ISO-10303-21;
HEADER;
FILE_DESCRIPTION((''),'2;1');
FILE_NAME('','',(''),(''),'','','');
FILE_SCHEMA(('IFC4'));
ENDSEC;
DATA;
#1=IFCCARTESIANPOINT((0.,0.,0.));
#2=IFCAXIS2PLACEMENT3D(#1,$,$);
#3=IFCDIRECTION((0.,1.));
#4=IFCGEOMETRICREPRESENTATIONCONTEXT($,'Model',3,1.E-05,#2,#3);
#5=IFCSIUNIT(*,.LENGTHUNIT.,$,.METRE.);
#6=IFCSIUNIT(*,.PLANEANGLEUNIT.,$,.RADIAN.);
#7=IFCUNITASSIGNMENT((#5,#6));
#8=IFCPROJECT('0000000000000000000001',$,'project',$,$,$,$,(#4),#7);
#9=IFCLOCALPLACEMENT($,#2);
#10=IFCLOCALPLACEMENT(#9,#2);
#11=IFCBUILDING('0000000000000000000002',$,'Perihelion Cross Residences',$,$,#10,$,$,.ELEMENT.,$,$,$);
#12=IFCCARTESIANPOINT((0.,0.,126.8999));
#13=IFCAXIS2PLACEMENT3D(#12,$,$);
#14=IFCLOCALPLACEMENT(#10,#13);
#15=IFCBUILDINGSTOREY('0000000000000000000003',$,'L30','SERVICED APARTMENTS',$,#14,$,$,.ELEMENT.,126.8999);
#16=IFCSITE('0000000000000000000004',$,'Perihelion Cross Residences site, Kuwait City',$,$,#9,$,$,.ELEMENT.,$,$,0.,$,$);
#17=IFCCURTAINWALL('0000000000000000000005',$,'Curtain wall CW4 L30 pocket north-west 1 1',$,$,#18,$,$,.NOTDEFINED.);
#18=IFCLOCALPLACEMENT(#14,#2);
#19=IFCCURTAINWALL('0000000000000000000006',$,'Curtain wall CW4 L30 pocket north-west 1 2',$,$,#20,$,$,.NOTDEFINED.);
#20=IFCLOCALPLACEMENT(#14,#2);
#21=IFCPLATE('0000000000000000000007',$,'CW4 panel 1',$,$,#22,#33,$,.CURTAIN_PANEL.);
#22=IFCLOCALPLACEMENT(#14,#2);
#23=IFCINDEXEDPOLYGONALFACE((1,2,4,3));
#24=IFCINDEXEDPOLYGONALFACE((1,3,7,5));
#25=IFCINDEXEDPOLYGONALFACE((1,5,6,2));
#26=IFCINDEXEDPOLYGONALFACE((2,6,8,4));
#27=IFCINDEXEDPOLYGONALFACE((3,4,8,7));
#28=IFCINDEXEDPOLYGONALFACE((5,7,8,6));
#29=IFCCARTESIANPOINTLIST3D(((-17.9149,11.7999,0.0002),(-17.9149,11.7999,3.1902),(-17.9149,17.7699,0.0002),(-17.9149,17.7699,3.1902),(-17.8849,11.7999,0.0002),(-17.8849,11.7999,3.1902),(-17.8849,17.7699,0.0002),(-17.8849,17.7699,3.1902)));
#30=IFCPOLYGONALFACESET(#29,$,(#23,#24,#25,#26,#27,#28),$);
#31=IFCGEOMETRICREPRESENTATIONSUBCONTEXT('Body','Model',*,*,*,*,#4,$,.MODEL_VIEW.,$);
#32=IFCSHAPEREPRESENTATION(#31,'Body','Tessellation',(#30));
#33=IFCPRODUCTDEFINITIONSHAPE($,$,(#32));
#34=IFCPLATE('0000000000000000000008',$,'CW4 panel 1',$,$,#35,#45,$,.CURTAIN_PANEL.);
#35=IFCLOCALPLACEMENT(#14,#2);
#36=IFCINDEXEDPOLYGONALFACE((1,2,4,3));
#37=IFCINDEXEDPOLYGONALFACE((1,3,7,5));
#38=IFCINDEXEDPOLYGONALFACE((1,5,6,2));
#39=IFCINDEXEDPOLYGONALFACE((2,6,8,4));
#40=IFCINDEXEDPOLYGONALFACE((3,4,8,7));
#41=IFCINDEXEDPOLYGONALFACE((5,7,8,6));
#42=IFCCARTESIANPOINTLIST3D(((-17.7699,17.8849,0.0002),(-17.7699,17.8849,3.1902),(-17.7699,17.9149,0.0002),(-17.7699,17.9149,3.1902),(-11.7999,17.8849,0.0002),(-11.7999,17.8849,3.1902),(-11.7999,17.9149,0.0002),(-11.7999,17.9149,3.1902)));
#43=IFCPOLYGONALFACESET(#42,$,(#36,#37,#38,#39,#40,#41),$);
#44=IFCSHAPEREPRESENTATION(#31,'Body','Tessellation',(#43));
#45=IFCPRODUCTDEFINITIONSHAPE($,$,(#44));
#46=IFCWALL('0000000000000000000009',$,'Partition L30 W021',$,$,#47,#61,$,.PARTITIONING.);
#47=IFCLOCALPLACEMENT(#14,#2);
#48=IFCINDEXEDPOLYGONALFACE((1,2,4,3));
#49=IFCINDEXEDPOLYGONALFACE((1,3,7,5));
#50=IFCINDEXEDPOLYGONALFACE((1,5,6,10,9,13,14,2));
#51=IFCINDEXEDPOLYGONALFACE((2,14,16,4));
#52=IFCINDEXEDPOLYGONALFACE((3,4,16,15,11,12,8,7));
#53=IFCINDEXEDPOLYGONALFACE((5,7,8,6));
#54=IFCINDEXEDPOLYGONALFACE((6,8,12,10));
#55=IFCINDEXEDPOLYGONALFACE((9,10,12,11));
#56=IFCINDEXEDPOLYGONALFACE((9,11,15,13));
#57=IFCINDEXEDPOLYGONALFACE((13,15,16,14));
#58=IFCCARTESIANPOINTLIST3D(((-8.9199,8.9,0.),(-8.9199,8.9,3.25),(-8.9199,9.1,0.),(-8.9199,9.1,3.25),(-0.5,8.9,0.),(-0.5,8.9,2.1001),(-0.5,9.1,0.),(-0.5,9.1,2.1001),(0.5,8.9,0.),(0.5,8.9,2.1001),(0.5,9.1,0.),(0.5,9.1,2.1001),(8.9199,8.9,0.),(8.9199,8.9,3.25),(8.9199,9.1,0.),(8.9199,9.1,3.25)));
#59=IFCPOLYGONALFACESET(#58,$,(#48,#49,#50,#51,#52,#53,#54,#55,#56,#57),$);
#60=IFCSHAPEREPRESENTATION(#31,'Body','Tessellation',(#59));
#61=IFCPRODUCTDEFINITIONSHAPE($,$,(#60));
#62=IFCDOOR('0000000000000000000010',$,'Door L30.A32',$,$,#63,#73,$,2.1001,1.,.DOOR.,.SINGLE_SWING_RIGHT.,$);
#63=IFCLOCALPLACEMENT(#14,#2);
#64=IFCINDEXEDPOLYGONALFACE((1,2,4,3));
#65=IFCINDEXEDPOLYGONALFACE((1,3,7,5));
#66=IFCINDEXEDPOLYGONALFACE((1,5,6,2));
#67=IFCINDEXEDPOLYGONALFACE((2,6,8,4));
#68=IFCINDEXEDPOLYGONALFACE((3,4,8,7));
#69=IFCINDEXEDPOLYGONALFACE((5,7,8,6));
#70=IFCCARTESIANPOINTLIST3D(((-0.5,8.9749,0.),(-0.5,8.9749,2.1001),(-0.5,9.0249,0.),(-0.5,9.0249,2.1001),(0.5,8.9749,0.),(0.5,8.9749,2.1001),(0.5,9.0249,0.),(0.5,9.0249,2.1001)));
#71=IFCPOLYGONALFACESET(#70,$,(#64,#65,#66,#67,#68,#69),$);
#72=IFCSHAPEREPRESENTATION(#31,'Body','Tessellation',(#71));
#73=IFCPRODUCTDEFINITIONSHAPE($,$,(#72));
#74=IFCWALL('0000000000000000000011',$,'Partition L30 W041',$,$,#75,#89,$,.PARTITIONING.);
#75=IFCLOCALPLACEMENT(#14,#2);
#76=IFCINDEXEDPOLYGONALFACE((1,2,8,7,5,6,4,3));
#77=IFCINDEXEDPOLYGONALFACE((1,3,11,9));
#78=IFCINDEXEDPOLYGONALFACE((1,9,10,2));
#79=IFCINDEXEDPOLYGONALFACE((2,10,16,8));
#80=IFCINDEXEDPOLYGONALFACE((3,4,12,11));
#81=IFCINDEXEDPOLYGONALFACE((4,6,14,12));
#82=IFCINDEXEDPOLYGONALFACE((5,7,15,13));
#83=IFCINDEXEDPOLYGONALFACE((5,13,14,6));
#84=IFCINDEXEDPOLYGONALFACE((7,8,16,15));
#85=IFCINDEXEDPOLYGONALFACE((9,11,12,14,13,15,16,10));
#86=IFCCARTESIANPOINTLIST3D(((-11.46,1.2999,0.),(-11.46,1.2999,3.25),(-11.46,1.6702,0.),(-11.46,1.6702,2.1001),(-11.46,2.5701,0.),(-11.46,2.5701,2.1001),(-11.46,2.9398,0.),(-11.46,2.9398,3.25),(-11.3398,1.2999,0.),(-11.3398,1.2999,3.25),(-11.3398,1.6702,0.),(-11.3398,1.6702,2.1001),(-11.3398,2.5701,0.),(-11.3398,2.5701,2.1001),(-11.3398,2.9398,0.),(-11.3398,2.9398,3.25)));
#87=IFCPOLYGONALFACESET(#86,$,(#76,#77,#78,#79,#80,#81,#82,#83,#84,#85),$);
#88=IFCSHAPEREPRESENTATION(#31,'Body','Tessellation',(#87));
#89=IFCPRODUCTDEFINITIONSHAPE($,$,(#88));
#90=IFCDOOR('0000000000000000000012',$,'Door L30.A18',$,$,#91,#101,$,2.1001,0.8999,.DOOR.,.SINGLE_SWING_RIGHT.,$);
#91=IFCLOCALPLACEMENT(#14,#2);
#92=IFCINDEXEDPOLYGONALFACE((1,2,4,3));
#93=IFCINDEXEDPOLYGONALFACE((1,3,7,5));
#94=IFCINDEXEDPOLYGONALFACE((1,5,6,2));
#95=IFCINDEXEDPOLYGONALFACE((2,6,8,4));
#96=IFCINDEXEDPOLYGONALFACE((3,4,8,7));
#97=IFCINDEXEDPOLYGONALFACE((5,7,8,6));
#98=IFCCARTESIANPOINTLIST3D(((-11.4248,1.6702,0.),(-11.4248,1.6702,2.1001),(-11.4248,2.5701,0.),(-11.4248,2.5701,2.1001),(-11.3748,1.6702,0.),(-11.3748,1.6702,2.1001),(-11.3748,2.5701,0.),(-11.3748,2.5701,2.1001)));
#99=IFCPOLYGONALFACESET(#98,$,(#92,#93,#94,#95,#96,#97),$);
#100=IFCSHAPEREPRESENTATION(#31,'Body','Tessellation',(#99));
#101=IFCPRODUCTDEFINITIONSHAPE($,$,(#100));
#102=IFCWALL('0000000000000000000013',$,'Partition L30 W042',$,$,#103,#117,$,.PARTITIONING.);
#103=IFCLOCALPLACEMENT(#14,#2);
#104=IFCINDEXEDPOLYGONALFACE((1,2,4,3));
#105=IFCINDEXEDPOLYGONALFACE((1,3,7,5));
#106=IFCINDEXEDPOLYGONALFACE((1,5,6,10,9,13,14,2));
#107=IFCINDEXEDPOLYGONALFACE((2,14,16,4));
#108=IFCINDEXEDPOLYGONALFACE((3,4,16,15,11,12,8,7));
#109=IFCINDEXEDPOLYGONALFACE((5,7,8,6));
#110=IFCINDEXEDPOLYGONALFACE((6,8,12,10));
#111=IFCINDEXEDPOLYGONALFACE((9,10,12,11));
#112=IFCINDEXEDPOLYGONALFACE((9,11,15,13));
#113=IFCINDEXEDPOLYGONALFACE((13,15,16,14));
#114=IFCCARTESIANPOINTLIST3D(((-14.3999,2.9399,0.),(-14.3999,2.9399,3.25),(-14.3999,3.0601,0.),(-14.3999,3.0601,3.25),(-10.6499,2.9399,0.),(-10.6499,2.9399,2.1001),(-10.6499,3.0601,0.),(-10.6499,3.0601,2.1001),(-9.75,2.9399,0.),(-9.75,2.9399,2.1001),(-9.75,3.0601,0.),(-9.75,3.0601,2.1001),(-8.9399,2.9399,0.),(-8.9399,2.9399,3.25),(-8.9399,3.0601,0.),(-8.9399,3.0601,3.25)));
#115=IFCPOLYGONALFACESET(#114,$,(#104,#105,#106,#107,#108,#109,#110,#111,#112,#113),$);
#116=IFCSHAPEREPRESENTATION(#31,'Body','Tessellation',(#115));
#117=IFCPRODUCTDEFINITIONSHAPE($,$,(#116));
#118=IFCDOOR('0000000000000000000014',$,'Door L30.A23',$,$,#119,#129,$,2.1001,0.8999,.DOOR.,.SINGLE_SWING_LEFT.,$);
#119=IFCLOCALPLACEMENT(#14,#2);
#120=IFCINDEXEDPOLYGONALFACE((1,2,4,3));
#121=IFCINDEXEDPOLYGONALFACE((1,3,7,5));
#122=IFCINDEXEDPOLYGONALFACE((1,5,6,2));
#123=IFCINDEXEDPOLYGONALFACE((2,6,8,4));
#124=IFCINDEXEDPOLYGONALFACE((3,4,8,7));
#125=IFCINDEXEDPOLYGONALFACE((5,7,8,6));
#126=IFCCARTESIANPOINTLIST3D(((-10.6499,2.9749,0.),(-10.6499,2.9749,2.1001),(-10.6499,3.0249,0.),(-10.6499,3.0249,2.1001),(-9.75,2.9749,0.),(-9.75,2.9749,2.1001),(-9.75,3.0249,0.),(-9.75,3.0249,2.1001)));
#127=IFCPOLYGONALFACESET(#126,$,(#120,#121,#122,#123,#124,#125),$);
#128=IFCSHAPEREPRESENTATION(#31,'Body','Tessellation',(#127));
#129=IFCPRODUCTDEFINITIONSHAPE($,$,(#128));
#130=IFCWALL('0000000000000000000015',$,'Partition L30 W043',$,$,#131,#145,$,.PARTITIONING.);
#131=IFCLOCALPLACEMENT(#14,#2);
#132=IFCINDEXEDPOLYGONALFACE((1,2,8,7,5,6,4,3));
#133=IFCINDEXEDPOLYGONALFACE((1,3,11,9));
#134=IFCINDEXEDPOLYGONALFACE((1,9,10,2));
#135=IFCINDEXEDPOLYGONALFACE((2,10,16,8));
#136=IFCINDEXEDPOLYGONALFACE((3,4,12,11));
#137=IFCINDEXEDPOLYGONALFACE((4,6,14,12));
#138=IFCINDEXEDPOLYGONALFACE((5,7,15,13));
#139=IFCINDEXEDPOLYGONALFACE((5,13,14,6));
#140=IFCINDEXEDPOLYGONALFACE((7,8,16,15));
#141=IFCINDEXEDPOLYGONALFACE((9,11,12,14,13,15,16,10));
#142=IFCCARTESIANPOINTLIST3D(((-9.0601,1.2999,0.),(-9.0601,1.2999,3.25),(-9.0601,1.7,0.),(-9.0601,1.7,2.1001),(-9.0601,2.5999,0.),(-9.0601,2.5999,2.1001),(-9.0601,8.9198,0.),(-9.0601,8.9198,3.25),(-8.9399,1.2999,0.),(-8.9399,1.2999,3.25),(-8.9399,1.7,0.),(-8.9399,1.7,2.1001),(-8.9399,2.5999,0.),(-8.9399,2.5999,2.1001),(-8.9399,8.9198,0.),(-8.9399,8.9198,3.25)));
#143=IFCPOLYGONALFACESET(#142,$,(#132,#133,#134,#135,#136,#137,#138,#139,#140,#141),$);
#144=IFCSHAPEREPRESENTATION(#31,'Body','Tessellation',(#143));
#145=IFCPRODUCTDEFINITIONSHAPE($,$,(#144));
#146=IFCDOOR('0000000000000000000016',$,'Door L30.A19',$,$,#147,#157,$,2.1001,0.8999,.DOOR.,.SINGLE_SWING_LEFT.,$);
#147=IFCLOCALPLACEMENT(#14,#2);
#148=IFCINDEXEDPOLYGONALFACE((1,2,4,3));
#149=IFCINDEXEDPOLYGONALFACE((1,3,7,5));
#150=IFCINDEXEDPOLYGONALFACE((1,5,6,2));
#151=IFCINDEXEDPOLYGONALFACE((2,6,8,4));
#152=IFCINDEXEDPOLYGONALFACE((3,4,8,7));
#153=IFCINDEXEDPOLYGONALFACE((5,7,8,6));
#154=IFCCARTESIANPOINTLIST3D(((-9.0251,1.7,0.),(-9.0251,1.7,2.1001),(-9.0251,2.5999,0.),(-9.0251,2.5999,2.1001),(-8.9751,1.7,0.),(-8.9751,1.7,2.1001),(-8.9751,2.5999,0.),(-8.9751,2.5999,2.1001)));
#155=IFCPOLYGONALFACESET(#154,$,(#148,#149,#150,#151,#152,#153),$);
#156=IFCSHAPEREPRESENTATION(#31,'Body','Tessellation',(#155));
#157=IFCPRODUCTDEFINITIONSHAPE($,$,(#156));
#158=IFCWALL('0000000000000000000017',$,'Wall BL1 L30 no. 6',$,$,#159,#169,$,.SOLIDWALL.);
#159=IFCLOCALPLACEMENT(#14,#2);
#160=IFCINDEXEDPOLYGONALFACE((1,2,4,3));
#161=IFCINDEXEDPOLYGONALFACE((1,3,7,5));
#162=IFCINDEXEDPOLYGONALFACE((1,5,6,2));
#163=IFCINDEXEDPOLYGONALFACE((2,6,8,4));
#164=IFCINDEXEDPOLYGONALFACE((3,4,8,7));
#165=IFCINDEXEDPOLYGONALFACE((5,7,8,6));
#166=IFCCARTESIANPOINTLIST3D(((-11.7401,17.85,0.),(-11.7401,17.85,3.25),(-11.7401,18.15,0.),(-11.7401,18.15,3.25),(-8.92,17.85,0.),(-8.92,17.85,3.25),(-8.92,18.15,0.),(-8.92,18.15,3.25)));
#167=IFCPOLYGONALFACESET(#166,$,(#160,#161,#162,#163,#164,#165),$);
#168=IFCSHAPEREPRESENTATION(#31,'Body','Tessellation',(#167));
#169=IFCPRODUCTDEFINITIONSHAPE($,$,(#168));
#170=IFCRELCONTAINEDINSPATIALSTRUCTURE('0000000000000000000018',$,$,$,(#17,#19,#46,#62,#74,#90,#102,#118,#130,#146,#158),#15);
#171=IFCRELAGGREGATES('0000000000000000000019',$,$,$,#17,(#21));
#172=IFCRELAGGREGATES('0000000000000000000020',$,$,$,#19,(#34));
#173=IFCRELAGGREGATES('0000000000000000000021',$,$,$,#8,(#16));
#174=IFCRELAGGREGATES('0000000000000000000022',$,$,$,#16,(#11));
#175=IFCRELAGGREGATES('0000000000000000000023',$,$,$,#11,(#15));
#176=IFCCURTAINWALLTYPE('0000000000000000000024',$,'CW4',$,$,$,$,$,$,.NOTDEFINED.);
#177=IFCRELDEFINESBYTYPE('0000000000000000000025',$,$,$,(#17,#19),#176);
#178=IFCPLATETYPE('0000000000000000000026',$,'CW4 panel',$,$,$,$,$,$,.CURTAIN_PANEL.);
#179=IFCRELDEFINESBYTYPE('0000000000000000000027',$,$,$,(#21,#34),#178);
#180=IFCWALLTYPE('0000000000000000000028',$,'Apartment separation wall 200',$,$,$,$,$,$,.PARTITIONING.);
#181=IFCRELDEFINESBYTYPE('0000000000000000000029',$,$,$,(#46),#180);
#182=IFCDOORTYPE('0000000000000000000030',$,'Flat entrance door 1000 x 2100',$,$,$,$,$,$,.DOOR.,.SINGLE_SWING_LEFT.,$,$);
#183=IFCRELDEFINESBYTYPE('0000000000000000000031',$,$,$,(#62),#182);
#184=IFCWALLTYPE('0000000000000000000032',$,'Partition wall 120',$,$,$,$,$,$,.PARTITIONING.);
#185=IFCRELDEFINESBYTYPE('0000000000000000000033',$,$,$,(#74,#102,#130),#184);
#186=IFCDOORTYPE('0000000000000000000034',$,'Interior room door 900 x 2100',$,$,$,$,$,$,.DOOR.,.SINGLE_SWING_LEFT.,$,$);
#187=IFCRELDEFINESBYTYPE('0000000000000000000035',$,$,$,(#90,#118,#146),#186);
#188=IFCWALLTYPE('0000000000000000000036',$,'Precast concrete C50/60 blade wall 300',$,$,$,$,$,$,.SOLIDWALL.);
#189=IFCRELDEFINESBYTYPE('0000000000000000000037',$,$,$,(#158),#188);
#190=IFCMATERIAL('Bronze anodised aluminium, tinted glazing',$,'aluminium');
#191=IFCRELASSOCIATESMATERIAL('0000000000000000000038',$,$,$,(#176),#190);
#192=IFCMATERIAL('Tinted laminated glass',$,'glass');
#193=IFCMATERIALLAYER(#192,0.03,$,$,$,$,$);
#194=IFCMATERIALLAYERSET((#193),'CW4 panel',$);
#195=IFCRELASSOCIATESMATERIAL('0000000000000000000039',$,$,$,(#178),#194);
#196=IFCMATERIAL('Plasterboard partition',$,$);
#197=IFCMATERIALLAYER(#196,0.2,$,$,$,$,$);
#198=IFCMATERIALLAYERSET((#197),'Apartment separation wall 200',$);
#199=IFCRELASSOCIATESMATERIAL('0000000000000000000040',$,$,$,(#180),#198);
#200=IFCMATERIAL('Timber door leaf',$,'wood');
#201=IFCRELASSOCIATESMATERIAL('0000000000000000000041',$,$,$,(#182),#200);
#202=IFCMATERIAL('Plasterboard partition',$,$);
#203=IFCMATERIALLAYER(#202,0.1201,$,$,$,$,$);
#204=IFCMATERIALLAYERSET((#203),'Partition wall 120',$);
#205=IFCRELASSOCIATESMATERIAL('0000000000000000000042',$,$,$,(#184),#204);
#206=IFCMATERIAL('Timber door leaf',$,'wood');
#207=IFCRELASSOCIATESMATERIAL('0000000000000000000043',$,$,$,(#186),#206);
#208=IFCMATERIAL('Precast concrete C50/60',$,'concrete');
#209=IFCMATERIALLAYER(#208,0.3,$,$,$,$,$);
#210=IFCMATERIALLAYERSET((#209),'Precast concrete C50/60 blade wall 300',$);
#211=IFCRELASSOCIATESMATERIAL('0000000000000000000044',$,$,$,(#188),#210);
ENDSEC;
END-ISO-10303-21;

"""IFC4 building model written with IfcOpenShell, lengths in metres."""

from ifc_helpers import new_model, si_unit, direction, frame, frame_2d, origin, origin_2d, place, context, subcontext, project, spatial, rectangle, extrude, material, layer, layer_set, type_object, element, fill, aggregate, save


model = new_model("IFC4")

# Units and contexts
model_context = context("Model", 3, precision=1e-05, world=origin(), true_north=direction((0.0, 1.0)))
body_context = subcontext(model_context, "Body", "Model", "MODEL_VIEW")
ifc_project = project(units=[si_unit("LENGTHUNIT", "METRE"), si_unit("PLANEANGLEUNIT", "RADIAN")], contexts=[model_context])

# Site, building, storey
site_placement = place(None, origin())
site = spatial("IfcSite", under=ifc_project, at=site_placement, Name="Perihelion Cross Residences site, Kuwait City", CompositionType="ELEMENT", RefElevation=0.0)
building_placement = place(site_placement, origin())
building = spatial("IfcBuilding", under=site, at=building_placement, Name="Perihelion Cross Residences", CompositionType="ELEMENT")
storey_placement = place(building_placement, frame((0.0, 0.0, 126.8999)))
storey = spatial("IfcBuildingStorey", under=building, at=storey_placement, Name="L30", Description="SERVICED APARTMENTS", CompositionType="ELEMENT", Elevation=126.8999)

# Curtain walls
ifc_material_1 = material(Name="Bronze anodised aluminium, tinted glazing", Category="aluminium")
curtain_wall_type_1 = type_object("IfcCurtainWallType", Name="CW4", PredefinedType="NOTDEFINED", material=ifc_material_1)
curtain_wall_1_placement = place(storey_placement, origin())
curtain_wall_1 = element("IfcCurtainWall", 1, at=curtain_wall_1_placement, inside=storey, type_object=curtain_wall_type_1, Name="Curtain wall CW4 L30 pocket north-west 1 1", PredefinedType="NOTDEFINED")
curtain_wall_2_placement = place(storey_placement, origin())
curtain_wall_2 = element("IfcCurtainWall", 2, at=curtain_wall_2_placement, inside=storey, type_object=curtain_wall_type_1, Name="Curtain wall CW4 L30 pocket north-west 1 2", PredefinedType="NOTDEFINED")

# Plates
ifc_material_2 = material(Name="Tinted laminated glass", Category="glass")
ifc_layer_1 = layer(ifc_material_2, 0.03)
ifc_layer_set_1 = layer_set([ifc_layer_1], Name="CW4 panel")
plate_type_1 = type_object("IfcPlateType", Name="CW4 panel", PredefinedType="CURTAIN_PANEL", material=ifc_layer_set_1)
plate_1_placement = place(storey_placement, frame((-17.8999, 14.7849, 0.0002), z_axis=(0.0, 0.0, 1.0), x_axis=(0.0, 1.0, 0.0)))
plate_1 = element("IfcPlate", 3, at=plate_1_placement, type_object=plate_type_1, Name="CW4 panel 1", PredefinedType="CURTAIN_PANEL", context=body_context, shape_type="SweptSolid", body=[
    extrude(rectangle(XDim=5.97, YDim=0.03, at=origin_2d()), origin(), (0.0, 0.0, 1.0), 3.1899),
])
aggregate(curtain_wall_1, [plate_1])
plate_2_placement = place(storey_placement, frame((-14.7849, 17.8999, 0.0002), z_axis=(0.0, 0.0, 1.0), x_axis=(1.0, 0.0, 0.0)))
plate_2 = element("IfcPlate", 4, at=plate_2_placement, type_object=plate_type_1, Name="CW4 panel 1", PredefinedType="CURTAIN_PANEL", context=body_context, shape_type="SweptSolid", body=[
    extrude(rectangle(XDim=5.97, YDim=0.03, at=origin_2d()), origin(), (0.0, 0.0, 1.0), 3.1899),
])
aggregate(curtain_wall_2, [plate_2])

# Walls, openings, doors
ifc_material_3 = material(Name="Plasterboard partition")
ifc_layer_2 = layer(ifc_material_3, 0.2)
ifc_layer_set_2 = layer_set([ifc_layer_2], Name="Apartment separation wall 200")
wall_type_1 = type_object("IfcWallType", Name="Apartment separation wall 200", PredefinedType="PARTITIONING", material=ifc_layer_set_2)
wall_1_placement = place(storey_placement, frame((-8.9199, 9.0, 0.0), z_axis=(0.0, 0.0, 1.0), x_axis=(1.0, 0.0, 0.0)))
wall_1 = element("IfcWall", 5, at=wall_1_placement, inside=storey, type_object=wall_type_1, Name="Partition L30 W021", PredefinedType="PARTITIONING", context=body_context, shape_type="SweptSolid", body=[
    extrude(rectangle(XDim=17.8398, YDim=0.2, at=frame_2d((8.9199, 0.0))), origin(), (0.0, 0.0, 1.0), 3.25),
])
opening_1_placement = place(wall_1_placement, frame((8.4199, 0.0, 0.0)))
opening_1 = element("IfcOpeningElement", 6, at=opening_1_placement, cuts=wall_1, PredefinedType="OPENING", context=body_context, shape_type="SweptSolid", body=[
    extrude(rectangle(XDim=1.0, YDim=2.1001, at=frame_2d((0.5, 1.05))), frame((0.0, 0.1099, 0.0), z_axis=(0.0, -1.0, 0.0), x_axis=(1.0, 0.0, 0.0)), (0.0, 0.0, 1.0), 0.22),
])
ifc_material_4 = material(Name="Timber door leaf", Category="wood")
door_type_1 = type_object("IfcDoorType", Name="Flat entrance door 1000 x 2100", OperationType="SINGLE_SWING_LEFT", PredefinedType="DOOR", material=ifc_material_4)
door_1_placement = place(opening_1_placement, origin())
door_1 = element("IfcDoor", 7, at=door_1_placement, inside=storey, type_object=door_type_1, Name="Door L30.A32", OperationType="SINGLE_SWING_RIGHT", OverallHeight=2.1001, OverallWidth=1.0, PredefinedType="DOOR", context=body_context, shape_type="SweptSolid", body=[
    extrude(rectangle(XDim=1.0, YDim=2.1001, at=frame_2d((0.5, 1.05))), frame((0.0, 0.0249, 0.0), z_axis=(0.0, -1.0, 0.0), x_axis=(1.0, 0.0, 0.0)), (0.0, 0.0, 1.0), 0.05),
])
fill(opening_1, door_1)
ifc_material_5 = material(Name="Plasterboard partition")
ifc_layer_3 = layer(ifc_material_5, 0.1201)
ifc_layer_set_3 = layer_set([ifc_layer_3], Name="Partition wall 120")
wall_type_2 = type_object("IfcWallType", Name="Partition wall 120", PredefinedType="PARTITIONING", material=ifc_layer_set_3)
wall_2_placement = place(storey_placement, frame((-11.3999, 1.3, 0.0), z_axis=(0.0, 0.0, 1.0), x_axis=(0.0, 1.0, 0.0)))
wall_2 = element("IfcWall", 8, at=wall_2_placement, inside=storey, type_object=wall_type_2, Name="Partition L30 W041", PredefinedType="PARTITIONING", context=body_context, shape_type="SweptSolid", body=[
    extrude(rectangle(XDim=1.6399, YDim=0.1201, at=frame_2d((0.8198, 0.0))), origin(), (0.0, 0.0, 1.0), 3.25),
])
opening_2_placement = place(wall_2_placement, frame((0.3701, 0.0, 0.0)))
opening_2 = element("IfcOpeningElement", 9, at=opening_2_placement, cuts=wall_2, PredefinedType="OPENING", context=body_context, shape_type="SweptSolid", body=[
    extrude(rectangle(XDim=0.8999, YDim=2.1001, at=frame_2d((0.45, 1.05))), frame((0.0, 0.0701, 0.0), z_axis=(0.0, -1.0, 0.0), x_axis=(1.0, 0.0, 0.0)), (0.0, 0.0, 1.0), 0.1401),
])
ifc_material_6 = material(Name="Timber door leaf", Category="wood")
door_type_2 = type_object("IfcDoorType", Name="Interior room door 900 x 2100", OperationType="SINGLE_SWING_LEFT", PredefinedType="DOOR", material=ifc_material_6)
door_2_placement = place(opening_2_placement, origin())
door_2 = element("IfcDoor", 10, at=door_2_placement, inside=storey, type_object=door_type_2, Name="Door L30.A18", OperationType="SINGLE_SWING_RIGHT", OverallHeight=2.1001, OverallWidth=0.8999, PredefinedType="DOOR", context=body_context, shape_type="SweptSolid", body=[
    extrude(rectangle(XDim=0.8999, YDim=2.1001, at=frame_2d((0.45, 1.05))), frame((0.0, 0.0249, 0.0), z_axis=(0.0, -1.0, 0.0), x_axis=(1.0, 0.0, 0.0)), (0.0, 0.0, 1.0), 0.05),
])
fill(opening_2, door_2)
wall_3_placement = place(storey_placement, frame((-14.3999, 3.0, 0.0), z_axis=(0.0, 0.0, 1.0), x_axis=(1.0, 0.0, 0.0)))
wall_3 = element("IfcWall", 11, at=wall_3_placement, inside=storey, type_object=wall_type_2, Name="Partition L30 W042", PredefinedType="PARTITIONING", context=body_context, shape_type="SweptSolid", body=[
    extrude(rectangle(XDim=5.46, YDim=0.1201, at=frame_2d((2.73, 0.0))), origin(), (0.0, 0.0, 1.0), 3.25),
])
opening_3_placement = place(wall_3_placement, frame((3.75, 0.0, 0.0)))
opening_3 = element("IfcOpeningElement", 12, at=opening_3_placement, cuts=wall_3, PredefinedType="OPENING", context=body_context, shape_type="SweptSolid", body=[
    extrude(rectangle(XDim=0.8999, YDim=2.1001, at=frame_2d((0.45, 1.05))), frame((0.0, 0.0701, 0.0), z_axis=(0.0, -1.0, 0.0), x_axis=(1.0, 0.0, 0.0)), (0.0, 0.0, 1.0), 0.1401),
])
door_3_placement = place(opening_3_placement, origin())
door_3 = element("IfcDoor", 13, at=door_3_placement, inside=storey, type_object=door_type_2, Name="Door L30.A23", OperationType="SINGLE_SWING_LEFT", OverallHeight=2.1001, OverallWidth=0.8999, PredefinedType="DOOR", context=body_context, shape_type="SweptSolid", body=[
    extrude(rectangle(XDim=0.8999, YDim=2.1001, at=frame_2d((0.45, 1.05))), frame((0.0, 0.0249, 0.0), z_axis=(0.0, -1.0, 0.0), x_axis=(1.0, 0.0, 0.0)), (0.0, 0.0, 1.0), 0.05),
])
fill(opening_3, door_3)
wall_4_placement = place(storey_placement, frame((-9.0, 8.9199, 0.0), z_axis=(0.0, 0.0, 1.0), x_axis=(0.0, -1.0, 0.0)))
wall_4 = element("IfcWall", 14, at=wall_4_placement, inside=storey, type_object=wall_type_2, Name="Partition L30 W043", PredefinedType="PARTITIONING", context=body_context, shape_type="SweptSolid", body=[
    extrude(rectangle(XDim=7.6199, YDim=0.1201, at=frame_2d((3.8101, 0.0))), origin(), (0.0, 0.0, 1.0), 3.25),
])
opening_4_placement = place(wall_4_placement, frame((6.3201, 0.0, 0.0)))
opening_4 = element("IfcOpeningElement", 15, at=opening_4_placement, cuts=wall_4, PredefinedType="OPENING", context=body_context, shape_type="SweptSolid", body=[
    extrude(rectangle(XDim=0.8999, YDim=2.1001, at=frame_2d((0.45, 1.05))), frame((0.0, 0.0701, 0.0), z_axis=(0.0, -1.0, 0.0), x_axis=(1.0, 0.0, 0.0)), (0.0, 0.0, 1.0), 0.1401),
])
door_4_placement = place(opening_4_placement, origin())
door_4 = element("IfcDoor", 16, at=door_4_placement, inside=storey, type_object=door_type_2, Name="Door L30.A19", OperationType="SINGLE_SWING_LEFT", OverallHeight=2.1001, OverallWidth=0.8999, PredefinedType="DOOR", context=body_context, shape_type="SweptSolid", body=[
    extrude(rectangle(XDim=0.8999, YDim=2.1001, at=frame_2d((0.45, 1.05))), frame((0.0, 0.0249, 0.0), z_axis=(0.0, -1.0, 0.0), x_axis=(1.0, 0.0, 0.0)), (0.0, 0.0, 1.0), 0.05),
])
fill(opening_4, door_4)

# Wall
ifc_material_7 = material(Name="Precast concrete C50/60", Category="concrete")
ifc_layer_4 = layer(ifc_material_7, 0.3)
ifc_layer_set_4 = layer_set([ifc_layer_4], Name="Precast concrete C50/60 blade wall 300")
wall_type_3 = type_object("IfcWallType", Name="Precast concrete C50/60 blade wall 300", PredefinedType="SOLIDWALL", material=ifc_layer_set_4)
wall_5_placement = place(storey_placement, frame((-8.9199, 18.0, 0.0), z_axis=(0.0, 0.0, 1.0), x_axis=(-1.0, 0.0, 0.0)))
element("IfcWall", 17, at=wall_5_placement, inside=storey, type_object=wall_type_3, Name="Wall BL1 L30 no. 6", PredefinedType="SOLIDWALL", context=body_context, shape_type="SweptSolid", body=[
    extrude(rectangle(XDim=2.8201, YDim=0.3, at=frame_2d((1.4102, 0.0))), origin(), (0.0, 0.0, 1.0), 3.25),
])

save(model, "model.ifc")
